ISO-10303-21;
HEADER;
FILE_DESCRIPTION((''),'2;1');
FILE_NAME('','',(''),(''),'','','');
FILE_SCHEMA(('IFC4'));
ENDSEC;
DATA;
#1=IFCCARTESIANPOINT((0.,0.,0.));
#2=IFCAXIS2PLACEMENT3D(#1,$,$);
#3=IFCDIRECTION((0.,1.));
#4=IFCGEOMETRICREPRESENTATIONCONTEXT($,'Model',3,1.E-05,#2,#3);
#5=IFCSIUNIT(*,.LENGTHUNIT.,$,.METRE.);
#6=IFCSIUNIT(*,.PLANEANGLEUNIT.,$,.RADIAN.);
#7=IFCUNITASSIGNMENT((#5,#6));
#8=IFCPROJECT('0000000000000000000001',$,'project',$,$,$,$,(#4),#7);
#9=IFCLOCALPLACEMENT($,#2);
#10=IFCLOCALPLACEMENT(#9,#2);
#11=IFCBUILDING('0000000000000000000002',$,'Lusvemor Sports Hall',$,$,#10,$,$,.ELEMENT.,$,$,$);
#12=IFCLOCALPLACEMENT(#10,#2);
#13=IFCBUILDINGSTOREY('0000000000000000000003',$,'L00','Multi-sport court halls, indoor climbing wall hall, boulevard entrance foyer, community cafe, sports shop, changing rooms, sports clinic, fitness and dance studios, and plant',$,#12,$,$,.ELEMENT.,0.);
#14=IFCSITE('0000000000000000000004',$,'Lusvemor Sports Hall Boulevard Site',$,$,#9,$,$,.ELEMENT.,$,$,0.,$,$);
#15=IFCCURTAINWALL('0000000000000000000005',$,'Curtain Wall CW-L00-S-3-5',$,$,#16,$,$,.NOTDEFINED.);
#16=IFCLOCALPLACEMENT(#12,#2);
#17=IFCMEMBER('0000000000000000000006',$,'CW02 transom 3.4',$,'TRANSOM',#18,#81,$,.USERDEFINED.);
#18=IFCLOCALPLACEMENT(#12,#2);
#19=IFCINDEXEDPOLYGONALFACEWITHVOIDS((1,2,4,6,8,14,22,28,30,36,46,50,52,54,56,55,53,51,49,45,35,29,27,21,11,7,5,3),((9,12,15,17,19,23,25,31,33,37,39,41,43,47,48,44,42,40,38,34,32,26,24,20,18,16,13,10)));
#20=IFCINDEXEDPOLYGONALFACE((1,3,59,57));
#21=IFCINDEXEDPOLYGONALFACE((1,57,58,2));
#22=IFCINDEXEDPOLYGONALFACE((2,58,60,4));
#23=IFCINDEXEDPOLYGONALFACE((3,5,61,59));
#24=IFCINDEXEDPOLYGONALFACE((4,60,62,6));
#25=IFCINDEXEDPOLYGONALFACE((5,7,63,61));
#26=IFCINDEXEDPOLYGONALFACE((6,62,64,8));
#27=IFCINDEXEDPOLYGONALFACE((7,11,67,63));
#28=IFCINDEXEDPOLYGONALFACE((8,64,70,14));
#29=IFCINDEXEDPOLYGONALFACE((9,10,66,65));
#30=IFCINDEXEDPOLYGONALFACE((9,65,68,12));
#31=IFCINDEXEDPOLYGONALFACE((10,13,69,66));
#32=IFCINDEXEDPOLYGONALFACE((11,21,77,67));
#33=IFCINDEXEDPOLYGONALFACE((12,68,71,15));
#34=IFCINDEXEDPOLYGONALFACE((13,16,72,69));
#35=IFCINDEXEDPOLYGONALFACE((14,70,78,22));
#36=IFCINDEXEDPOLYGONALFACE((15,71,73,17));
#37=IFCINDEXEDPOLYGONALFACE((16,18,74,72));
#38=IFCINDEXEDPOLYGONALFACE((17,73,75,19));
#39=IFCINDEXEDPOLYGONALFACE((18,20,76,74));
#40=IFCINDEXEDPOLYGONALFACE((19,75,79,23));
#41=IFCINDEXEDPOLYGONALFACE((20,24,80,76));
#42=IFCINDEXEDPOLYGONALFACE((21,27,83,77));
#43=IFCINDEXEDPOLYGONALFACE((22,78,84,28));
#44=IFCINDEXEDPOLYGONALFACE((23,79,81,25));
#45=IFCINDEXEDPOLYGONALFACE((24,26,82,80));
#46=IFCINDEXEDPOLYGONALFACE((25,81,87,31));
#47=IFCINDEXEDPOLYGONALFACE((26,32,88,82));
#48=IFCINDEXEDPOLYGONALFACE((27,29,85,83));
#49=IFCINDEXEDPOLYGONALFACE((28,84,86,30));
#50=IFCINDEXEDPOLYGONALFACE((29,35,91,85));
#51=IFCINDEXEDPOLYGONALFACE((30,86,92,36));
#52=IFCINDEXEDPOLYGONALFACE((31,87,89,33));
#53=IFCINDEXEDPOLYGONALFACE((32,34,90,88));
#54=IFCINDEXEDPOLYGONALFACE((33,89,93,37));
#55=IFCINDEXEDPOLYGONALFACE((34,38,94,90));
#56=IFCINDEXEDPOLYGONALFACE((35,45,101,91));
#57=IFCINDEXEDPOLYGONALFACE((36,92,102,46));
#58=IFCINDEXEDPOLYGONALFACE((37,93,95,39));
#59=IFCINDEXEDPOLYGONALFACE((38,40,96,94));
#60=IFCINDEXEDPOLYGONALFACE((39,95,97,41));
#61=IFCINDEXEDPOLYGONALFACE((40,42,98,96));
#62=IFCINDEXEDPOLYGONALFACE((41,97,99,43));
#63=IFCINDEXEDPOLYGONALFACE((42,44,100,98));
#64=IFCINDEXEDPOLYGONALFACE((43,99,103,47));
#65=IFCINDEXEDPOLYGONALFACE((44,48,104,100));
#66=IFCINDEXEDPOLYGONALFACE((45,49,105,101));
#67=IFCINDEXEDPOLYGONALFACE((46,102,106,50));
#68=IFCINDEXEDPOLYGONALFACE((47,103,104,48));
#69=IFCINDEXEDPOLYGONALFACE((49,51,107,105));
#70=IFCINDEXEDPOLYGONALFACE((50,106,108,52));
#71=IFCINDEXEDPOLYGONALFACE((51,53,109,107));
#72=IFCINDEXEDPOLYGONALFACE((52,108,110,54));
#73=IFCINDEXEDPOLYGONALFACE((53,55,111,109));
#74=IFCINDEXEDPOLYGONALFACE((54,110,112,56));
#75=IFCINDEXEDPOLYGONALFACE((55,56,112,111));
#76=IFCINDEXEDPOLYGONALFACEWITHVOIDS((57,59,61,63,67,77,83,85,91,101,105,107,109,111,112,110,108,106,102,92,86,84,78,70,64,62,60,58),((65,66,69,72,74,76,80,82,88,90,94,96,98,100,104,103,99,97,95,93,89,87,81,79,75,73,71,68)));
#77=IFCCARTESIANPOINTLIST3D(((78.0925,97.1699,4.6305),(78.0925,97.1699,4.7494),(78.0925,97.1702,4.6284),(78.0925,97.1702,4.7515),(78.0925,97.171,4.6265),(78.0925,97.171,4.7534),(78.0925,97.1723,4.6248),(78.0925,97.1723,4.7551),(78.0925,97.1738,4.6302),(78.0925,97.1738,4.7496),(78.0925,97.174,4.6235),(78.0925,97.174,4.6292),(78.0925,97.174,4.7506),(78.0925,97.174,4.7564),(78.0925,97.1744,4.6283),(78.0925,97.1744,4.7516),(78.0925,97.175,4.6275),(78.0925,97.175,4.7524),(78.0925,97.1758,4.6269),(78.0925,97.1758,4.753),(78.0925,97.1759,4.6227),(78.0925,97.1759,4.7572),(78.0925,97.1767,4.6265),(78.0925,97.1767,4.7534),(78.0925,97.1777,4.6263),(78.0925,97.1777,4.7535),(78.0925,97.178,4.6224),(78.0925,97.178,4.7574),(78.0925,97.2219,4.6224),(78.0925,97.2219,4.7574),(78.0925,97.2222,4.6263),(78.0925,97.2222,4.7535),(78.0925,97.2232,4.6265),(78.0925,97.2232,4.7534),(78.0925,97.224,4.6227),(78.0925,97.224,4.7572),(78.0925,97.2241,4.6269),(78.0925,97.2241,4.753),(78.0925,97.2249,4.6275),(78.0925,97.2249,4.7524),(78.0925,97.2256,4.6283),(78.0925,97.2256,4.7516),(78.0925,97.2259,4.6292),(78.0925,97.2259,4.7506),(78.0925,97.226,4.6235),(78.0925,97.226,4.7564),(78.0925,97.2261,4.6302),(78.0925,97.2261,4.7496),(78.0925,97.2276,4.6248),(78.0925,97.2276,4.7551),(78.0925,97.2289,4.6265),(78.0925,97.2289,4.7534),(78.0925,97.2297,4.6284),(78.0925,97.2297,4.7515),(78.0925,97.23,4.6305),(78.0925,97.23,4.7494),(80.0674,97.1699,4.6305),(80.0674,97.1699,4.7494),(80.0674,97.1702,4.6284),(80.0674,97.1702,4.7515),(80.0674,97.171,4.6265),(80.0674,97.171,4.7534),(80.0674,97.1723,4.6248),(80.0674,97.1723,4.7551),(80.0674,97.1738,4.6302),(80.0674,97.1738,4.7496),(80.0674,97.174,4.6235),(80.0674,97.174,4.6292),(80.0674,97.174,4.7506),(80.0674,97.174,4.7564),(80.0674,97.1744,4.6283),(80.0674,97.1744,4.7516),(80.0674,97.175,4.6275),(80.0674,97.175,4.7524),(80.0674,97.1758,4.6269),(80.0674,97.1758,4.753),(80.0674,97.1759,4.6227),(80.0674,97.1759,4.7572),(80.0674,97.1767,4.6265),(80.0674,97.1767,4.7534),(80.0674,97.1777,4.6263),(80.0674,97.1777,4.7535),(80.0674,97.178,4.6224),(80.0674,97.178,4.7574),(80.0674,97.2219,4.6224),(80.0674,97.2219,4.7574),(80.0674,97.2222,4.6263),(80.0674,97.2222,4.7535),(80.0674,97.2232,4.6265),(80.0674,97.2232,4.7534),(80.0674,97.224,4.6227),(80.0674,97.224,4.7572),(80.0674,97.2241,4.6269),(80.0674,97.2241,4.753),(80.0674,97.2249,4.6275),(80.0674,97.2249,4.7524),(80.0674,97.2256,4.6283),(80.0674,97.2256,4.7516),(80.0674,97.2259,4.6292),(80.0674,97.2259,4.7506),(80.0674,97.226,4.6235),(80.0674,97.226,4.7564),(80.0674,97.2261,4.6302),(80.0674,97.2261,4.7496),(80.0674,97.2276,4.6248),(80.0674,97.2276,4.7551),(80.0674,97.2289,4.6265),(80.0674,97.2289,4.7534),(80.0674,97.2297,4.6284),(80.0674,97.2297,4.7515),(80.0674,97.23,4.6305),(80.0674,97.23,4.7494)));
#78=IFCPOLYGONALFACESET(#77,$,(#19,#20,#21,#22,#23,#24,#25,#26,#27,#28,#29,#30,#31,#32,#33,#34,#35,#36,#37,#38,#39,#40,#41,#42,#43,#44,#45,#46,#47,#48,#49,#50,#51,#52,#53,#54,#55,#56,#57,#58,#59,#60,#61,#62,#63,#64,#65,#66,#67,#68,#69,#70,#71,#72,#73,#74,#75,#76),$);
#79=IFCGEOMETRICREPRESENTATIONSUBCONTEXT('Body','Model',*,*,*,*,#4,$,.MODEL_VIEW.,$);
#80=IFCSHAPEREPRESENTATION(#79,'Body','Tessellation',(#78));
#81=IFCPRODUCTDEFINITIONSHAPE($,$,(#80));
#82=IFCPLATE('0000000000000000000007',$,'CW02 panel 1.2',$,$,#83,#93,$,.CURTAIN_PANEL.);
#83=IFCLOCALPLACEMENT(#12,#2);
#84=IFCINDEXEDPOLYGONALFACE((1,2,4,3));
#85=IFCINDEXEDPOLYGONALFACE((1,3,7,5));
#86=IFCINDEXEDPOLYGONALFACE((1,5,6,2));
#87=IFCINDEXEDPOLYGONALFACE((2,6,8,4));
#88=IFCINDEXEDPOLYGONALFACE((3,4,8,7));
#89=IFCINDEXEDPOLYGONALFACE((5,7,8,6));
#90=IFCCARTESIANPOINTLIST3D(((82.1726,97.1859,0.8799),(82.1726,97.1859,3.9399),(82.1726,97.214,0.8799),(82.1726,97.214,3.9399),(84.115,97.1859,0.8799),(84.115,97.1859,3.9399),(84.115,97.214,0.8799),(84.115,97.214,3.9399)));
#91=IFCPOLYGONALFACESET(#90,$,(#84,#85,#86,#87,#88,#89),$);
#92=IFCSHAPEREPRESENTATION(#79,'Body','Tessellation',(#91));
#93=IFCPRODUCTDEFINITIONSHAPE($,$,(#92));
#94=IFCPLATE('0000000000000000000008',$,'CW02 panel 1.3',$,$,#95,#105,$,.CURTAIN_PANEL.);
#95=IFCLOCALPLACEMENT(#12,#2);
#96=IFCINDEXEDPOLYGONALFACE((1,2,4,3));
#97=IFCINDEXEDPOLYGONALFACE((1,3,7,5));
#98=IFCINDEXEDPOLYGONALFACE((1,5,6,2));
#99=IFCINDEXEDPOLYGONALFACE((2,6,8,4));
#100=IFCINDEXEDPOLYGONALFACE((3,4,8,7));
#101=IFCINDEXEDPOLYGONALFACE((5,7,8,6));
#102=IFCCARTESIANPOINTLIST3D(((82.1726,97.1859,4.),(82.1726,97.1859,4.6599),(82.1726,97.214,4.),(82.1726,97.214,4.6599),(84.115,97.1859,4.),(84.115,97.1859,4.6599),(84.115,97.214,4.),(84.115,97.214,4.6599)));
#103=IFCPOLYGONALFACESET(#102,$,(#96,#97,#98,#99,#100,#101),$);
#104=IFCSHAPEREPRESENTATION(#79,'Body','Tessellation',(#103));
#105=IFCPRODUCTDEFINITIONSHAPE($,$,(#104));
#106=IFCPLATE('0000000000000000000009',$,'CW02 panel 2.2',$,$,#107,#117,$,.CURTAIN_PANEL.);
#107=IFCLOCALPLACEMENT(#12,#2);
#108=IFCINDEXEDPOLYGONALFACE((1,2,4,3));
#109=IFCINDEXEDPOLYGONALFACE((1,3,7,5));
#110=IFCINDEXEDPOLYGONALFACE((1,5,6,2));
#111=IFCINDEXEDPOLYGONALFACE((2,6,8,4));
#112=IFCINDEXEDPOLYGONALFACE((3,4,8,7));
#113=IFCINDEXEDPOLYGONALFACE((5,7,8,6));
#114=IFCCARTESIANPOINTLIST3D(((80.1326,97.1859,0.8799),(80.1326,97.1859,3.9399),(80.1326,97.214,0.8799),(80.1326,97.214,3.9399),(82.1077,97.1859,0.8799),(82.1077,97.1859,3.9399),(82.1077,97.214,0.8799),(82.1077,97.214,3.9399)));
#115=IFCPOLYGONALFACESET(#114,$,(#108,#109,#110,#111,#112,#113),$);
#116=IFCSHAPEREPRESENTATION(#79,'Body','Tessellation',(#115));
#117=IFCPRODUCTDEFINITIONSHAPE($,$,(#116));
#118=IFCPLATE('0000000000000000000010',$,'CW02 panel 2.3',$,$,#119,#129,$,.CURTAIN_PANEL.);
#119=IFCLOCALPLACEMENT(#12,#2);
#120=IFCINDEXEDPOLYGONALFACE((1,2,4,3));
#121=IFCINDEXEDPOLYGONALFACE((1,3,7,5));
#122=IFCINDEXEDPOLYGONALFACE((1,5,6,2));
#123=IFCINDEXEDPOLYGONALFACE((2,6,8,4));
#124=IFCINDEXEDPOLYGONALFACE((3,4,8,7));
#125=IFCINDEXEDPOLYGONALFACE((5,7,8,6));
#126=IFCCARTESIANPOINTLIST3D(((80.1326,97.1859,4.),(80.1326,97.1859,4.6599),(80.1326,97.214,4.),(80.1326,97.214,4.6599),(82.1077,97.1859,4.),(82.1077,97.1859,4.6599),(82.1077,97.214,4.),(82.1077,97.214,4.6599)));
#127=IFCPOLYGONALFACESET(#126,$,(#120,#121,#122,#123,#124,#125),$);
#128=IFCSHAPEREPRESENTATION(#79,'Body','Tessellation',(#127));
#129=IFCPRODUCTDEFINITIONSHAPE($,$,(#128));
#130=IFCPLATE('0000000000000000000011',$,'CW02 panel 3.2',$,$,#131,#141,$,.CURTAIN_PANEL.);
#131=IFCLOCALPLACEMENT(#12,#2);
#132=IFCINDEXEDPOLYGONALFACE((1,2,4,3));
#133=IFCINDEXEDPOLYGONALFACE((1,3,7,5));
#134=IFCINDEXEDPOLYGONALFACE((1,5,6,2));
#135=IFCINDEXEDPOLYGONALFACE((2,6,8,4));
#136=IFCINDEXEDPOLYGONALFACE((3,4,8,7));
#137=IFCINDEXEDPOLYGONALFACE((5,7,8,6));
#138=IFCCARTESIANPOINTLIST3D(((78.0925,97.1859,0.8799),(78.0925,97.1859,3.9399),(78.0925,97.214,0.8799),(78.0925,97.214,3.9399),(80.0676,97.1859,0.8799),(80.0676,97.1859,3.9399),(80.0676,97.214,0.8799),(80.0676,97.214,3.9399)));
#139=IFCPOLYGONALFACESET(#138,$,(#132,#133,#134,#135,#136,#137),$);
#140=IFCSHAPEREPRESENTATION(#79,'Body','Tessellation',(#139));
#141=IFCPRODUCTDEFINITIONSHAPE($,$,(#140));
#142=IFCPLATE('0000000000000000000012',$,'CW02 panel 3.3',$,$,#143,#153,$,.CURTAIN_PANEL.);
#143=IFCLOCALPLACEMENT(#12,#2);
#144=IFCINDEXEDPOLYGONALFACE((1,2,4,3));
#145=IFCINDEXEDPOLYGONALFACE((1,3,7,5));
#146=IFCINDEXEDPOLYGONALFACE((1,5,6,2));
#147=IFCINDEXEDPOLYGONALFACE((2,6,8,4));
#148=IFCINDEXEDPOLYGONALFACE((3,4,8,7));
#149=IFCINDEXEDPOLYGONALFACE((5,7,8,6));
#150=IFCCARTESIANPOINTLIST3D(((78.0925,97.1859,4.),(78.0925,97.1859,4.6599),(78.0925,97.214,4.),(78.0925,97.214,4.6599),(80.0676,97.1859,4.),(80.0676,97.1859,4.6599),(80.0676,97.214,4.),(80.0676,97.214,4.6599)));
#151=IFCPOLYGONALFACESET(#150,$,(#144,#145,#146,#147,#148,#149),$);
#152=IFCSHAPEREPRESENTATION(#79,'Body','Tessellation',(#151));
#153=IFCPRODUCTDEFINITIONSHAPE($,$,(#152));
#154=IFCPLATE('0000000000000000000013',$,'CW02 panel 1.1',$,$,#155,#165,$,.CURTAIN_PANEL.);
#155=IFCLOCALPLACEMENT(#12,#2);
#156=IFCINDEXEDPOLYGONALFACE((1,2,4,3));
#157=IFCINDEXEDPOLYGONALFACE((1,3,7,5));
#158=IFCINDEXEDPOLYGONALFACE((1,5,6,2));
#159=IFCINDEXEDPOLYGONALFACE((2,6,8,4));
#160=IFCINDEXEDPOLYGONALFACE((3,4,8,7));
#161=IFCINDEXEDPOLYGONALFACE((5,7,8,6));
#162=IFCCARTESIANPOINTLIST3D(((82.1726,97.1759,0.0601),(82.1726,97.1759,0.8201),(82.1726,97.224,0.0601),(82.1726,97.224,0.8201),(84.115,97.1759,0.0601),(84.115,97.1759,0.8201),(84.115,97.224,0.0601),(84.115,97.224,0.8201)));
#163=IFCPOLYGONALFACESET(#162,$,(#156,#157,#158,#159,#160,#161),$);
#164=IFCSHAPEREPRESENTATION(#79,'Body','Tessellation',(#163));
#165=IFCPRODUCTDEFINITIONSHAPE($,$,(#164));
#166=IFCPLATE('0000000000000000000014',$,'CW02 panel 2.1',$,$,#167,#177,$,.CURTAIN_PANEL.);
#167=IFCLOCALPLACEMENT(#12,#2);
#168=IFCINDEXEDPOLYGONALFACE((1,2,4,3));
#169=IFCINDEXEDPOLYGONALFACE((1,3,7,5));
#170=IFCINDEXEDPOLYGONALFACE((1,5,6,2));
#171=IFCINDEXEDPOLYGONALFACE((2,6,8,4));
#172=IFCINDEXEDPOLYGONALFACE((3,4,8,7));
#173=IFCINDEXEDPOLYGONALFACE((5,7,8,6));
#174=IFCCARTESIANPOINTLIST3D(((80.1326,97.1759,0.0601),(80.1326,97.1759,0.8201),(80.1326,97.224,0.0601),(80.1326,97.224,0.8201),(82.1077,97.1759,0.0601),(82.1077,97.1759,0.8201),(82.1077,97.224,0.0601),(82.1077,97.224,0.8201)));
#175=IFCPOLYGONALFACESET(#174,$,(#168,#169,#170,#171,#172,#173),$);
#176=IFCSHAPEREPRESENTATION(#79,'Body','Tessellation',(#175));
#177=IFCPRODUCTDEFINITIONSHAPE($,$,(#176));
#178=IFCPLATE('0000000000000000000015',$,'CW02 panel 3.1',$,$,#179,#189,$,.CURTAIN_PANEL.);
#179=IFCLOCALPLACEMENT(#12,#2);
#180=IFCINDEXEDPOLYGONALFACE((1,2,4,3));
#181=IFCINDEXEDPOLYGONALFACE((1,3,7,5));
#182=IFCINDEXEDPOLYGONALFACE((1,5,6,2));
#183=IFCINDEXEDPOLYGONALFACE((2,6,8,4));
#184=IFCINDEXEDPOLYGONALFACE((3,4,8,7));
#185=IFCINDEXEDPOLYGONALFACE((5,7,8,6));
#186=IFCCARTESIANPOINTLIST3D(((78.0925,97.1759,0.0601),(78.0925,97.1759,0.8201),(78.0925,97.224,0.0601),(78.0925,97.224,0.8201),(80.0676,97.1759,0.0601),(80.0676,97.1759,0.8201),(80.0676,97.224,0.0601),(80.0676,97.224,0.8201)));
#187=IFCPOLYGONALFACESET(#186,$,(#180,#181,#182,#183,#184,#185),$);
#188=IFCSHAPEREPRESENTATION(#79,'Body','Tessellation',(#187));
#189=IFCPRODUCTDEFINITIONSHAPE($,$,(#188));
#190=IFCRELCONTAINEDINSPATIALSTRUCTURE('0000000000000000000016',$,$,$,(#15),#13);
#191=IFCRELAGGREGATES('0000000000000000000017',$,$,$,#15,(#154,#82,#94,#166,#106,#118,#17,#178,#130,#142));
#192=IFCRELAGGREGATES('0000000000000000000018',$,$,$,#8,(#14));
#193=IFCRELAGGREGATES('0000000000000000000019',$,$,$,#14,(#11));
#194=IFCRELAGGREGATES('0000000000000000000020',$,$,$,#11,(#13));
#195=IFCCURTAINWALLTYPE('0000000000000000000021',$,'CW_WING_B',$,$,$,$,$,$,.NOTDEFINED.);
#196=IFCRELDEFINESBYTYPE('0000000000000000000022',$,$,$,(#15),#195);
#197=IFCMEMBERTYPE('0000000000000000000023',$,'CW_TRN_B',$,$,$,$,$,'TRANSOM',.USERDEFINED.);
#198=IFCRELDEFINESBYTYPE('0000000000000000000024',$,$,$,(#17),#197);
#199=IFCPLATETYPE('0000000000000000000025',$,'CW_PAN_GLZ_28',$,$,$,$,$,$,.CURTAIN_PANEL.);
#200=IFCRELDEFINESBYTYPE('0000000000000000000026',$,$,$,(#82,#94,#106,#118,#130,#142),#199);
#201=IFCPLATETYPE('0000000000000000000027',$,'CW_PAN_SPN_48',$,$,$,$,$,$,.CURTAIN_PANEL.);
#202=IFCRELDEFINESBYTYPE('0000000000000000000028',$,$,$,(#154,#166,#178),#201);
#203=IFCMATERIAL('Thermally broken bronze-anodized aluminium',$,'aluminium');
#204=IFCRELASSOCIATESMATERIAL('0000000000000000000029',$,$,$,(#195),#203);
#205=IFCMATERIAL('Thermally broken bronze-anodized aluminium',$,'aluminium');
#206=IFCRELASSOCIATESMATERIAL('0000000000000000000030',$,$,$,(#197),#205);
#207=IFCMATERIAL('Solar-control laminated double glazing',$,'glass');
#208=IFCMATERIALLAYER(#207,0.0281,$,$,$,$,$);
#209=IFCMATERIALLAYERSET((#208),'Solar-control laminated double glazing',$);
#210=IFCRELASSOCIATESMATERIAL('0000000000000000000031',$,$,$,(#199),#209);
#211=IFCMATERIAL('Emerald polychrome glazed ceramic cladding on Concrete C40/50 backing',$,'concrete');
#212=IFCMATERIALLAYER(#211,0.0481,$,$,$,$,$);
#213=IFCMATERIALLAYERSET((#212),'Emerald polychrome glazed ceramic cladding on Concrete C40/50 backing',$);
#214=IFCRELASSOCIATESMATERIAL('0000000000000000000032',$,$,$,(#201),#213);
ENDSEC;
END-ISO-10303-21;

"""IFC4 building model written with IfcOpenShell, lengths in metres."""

from ifc_helpers import new_model, si_unit, direction, frame, origin, origin_2d, place, context, subcontext, project, spatial, rectangle, hollow_rectangle, extrude, material, layer, layer_set, material_profile, profile_set, type_object, element, aggregate, save


model = new_model("IFC4")

# Units and contexts
model_context = context("Model", 3, precision=1e-05, world=origin(), true_north=direction((0.0, 1.0)))
body_context = subcontext(model_context, "Body", "Model", "MODEL_VIEW")
ifc_project = project(units=[si_unit("LENGTHUNIT", "METRE"), si_unit("PLANEANGLEUNIT", "RADIAN")], contexts=[model_context])

# Site, building, storey
site_placement = place(None, origin())
site = spatial("IfcSite", under=ifc_project, at=site_placement, Name="Lusvemor Sports Hall Boulevard Site", CompositionType="ELEMENT", RefElevation=0.0)
building_placement = place(site_placement, origin())
building = spatial("IfcBuilding", under=site, at=building_placement, Name="Lusvemor Sports Hall", CompositionType="ELEMENT")
storey_placement = place(building_placement, origin())
storey = spatial("IfcBuildingStorey", under=building, at=storey_placement, Name="L00", Description="Multi-sport court halls, indoor climbing wall hall, boulevard entrance foyer, community cafe, sports shop, changing rooms, sports clinic, fitness and dance studios, and plant", CompositionType="ELEMENT", Elevation=0.0)

# Curtain wall, member, plates
ifc_material_1 = material(Name="Thermally broken bronze-anodized aluminium", Category="aluminium")
curtain_wall_type = type_object("IfcCurtainWallType", Name="CW_WING_B", PredefinedType="NOTDEFINED", material=ifc_material_1)
curtain_wall_placement = place(storey_placement, origin())
curtain_wall = element("IfcCurtainWall", 1, at=curtain_wall_placement, inside=storey, type_object=curtain_wall_type, Name="Curtain Wall CW-L00-S-3-5", PredefinedType="NOTDEFINED")
ifc_material_2 = material(Name="Thermally broken bronze-anodized aluminium", Category="aluminium")
ifc_material_profile_1 = material_profile(ifc_material_2, hollow_rectangle(XDim=0.0601, YDim=0.135, WallThickness=0.0039, InnerFilletRadius=0.0039, OuterFilletRadius=0.0081, at=origin_2d()), Name="CWTRN135x60x4")
ifc_profile_set_1 = profile_set([ifc_material_profile_1], Name="Thermally broken bronze-anodized aluminium")
member_type_1 = type_object("IfcMemberType", Name="CW_TRN_B", ElementType="TRANSOM", PredefinedType="USERDEFINED", material=ifc_profile_set_1)
member_1_placement = place(storey_placement, frame((80.0674, 97.2, 4.6899), z_axis=(-1.0, 0.0, 0.0), x_axis=(0.0, -1.0, 0.0)))
member_1 = element("IfcMember", 2, at=member_1_placement, type_object=member_type_1, Name="CW02 transom 3.4", ObjectType="TRANSOM", PredefinedType="USERDEFINED", context=body_context, shape_type="SweptSolid", body=[
    extrude(hollow_rectangle(XDim=0.0601, YDim=0.135, WallThickness=0.0039, InnerFilletRadius=0.0039, OuterFilletRadius=0.0081, at=origin_2d()), origin(), (0.0, 0.0, 1.0), 1.9749),
])
ifc_material_3 = material(Name="Solar-control laminated double glazing", Category="glass")
ifc_layer_1 = layer(ifc_material_3, 0.0281)
ifc_layer_set_1 = layer_set([ifc_layer_1], Name="Solar-control laminated double glazing")
plate_type_1 = type_object("IfcPlateType", Name="CW_PAN_GLZ_28", PredefinedType="CURTAIN_PANEL", material=ifc_layer_set_1)
plate_1_placement = place(storey_placement, frame((83.1438, 97.2, 0.8799), z_axis=(0.0, 0.0, 1.0), x_axis=(-1.0, 0.0, 0.0)))
plate_1 = element("IfcPlate", 3, at=plate_1_placement, type_object=plate_type_1, Name="CW02 panel 1.2", PredefinedType="CURTAIN_PANEL", context=body_context, shape_type="SweptSolid", body=[
    extrude(rectangle(XDim=1.9424, YDim=0.0281, at=origin_2d()), origin(), (0.0, 0.0, 1.0), 3.0601),
])
plate_2_placement = place(storey_placement, frame((83.1438, 97.2, 4.0), z_axis=(0.0, 0.0, 1.0), x_axis=(-1.0, 0.0, 0.0)))
plate_2 = element("IfcPlate", 4, at=plate_2_placement, type_object=plate_type_1, Name="CW02 panel 1.3", PredefinedType="CURTAIN_PANEL", context=body_context, shape_type="SweptSolid", body=[
    extrude(rectangle(XDim=1.9424, YDim=0.0281, at=origin_2d()), origin(), (0.0, 0.0, 1.0), 0.6599),
])
plate_3_placement = place(storey_placement, frame((81.1201, 97.2, 0.8799), z_axis=(0.0, 0.0, 1.0), x_axis=(-1.0, 0.0, 0.0)))
plate_3 = element("IfcPlate", 5, at=plate_3_placement, type_object=plate_type_1, Name="CW02 panel 2.2", PredefinedType="CURTAIN_PANEL", context=body_context, shape_type="SweptSolid", body=[
    extrude(rectangle(XDim=1.9751, YDim=0.0281, at=origin_2d()), origin(), (0.0, 0.0, 1.0), 3.0601),
])
plate_4_placement = place(storey_placement, frame((81.1201, 97.2, 4.0), z_axis=(0.0, 0.0, 1.0), x_axis=(-1.0, 0.0, 0.0)))
plate_4 = element("IfcPlate", 6, at=plate_4_placement, type_object=plate_type_1, Name="CW02 panel 2.3", PredefinedType="CURTAIN_PANEL", context=body_context, shape_type="SweptSolid", body=[
    extrude(rectangle(XDim=1.9751, YDim=0.0281, at=origin_2d()), origin(), (0.0, 0.0, 1.0), 0.6599),
])
plate_5_placement = place(storey_placement, frame((79.0801, 97.2, 0.8799), z_axis=(0.0, 0.0, 1.0), x_axis=(-1.0, 0.0, 0.0)))
plate_5 = element("IfcPlate", 7, at=plate_5_placement, type_object=plate_type_1, Name="CW02 panel 3.2", PredefinedType="CURTAIN_PANEL", context=body_context, shape_type="SweptSolid", body=[
    extrude(rectangle(XDim=1.9751, YDim=0.0281, at=origin_2d()), origin(), (0.0, 0.0, 1.0), 3.0601),
])
plate_6_placement = place(storey_placement, frame((79.0801, 97.2, 4.0), z_axis=(0.0, 0.0, 1.0), x_axis=(-1.0, 0.0, 0.0)))
plate_6 = element("IfcPlate", 8, at=plate_6_placement, type_object=plate_type_1, Name="CW02 panel 3.3", PredefinedType="CURTAIN_PANEL", context=body_context, shape_type="SweptSolid", body=[
    extrude(rectangle(XDim=1.9751, YDim=0.0281, at=origin_2d()), origin(), (0.0, 0.0, 1.0), 0.6599),
])
ifc_material_4 = material(Name="Emerald polychrome glazed ceramic cladding on Concrete C40/50 backing", Category="concrete")
ifc_layer_2 = layer(ifc_material_4, 0.0481)
ifc_layer_set_2 = layer_set([ifc_layer_2], Name="Emerald polychrome glazed ceramic cladding on Concrete C40/50 backing")
plate_type_2 = type_object("IfcPlateType", Name="CW_PAN_SPN_48", PredefinedType="CURTAIN_PANEL", material=ifc_layer_set_2)
plate_7_placement = place(storey_placement, frame((83.1438, 97.2, 0.0601), z_axis=(0.0, 0.0, 1.0), x_axis=(-1.0, 0.0, 0.0)))
plate_7 = element("IfcPlate", 9, at=plate_7_placement, type_object=plate_type_2, Name="CW02 panel 1.1", PredefinedType="CURTAIN_PANEL", context=body_context, shape_type="SweptSolid", body=[
    extrude(rectangle(XDim=1.9424, YDim=0.0481, at=origin_2d()), origin(), (0.0, 0.0, 1.0), 0.76),
])
plate_8_placement = place(storey_placement, frame((81.1201, 97.2, 0.0601), z_axis=(0.0, 0.0, 1.0), x_axis=(-1.0, 0.0, 0.0)))
plate_8 = element("IfcPlate", 10, at=plate_8_placement, type_object=plate_type_2, Name="CW02 panel 2.1", PredefinedType="CURTAIN_PANEL", context=body_context, shape_type="SweptSolid", body=[
    extrude(rectangle(XDim=1.9751, YDim=0.0481, at=origin_2d()), origin(), (0.0, 0.0, 1.0), 0.76),
])
plate_9_placement = place(storey_placement, frame((79.0801, 97.2, 0.0601), z_axis=(0.0, 0.0, 1.0), x_axis=(-1.0, 0.0, 0.0)))
plate_9 = element("IfcPlate", 11, at=plate_9_placement, type_object=plate_type_2, Name="CW02 panel 3.1", PredefinedType="CURTAIN_PANEL", context=body_context, shape_type="SweptSolid", body=[
    extrude(rectangle(XDim=1.9751, YDim=0.0481, at=origin_2d()), origin(), (0.0, 0.0, 1.0), 0.76),
])
aggregate(curtain_wall, [plate_7, plate_1, plate_2, plate_8, plate_3, plate_4, member_1, plate_9, plate_5, plate_6])

save(model, "model.ifc")
